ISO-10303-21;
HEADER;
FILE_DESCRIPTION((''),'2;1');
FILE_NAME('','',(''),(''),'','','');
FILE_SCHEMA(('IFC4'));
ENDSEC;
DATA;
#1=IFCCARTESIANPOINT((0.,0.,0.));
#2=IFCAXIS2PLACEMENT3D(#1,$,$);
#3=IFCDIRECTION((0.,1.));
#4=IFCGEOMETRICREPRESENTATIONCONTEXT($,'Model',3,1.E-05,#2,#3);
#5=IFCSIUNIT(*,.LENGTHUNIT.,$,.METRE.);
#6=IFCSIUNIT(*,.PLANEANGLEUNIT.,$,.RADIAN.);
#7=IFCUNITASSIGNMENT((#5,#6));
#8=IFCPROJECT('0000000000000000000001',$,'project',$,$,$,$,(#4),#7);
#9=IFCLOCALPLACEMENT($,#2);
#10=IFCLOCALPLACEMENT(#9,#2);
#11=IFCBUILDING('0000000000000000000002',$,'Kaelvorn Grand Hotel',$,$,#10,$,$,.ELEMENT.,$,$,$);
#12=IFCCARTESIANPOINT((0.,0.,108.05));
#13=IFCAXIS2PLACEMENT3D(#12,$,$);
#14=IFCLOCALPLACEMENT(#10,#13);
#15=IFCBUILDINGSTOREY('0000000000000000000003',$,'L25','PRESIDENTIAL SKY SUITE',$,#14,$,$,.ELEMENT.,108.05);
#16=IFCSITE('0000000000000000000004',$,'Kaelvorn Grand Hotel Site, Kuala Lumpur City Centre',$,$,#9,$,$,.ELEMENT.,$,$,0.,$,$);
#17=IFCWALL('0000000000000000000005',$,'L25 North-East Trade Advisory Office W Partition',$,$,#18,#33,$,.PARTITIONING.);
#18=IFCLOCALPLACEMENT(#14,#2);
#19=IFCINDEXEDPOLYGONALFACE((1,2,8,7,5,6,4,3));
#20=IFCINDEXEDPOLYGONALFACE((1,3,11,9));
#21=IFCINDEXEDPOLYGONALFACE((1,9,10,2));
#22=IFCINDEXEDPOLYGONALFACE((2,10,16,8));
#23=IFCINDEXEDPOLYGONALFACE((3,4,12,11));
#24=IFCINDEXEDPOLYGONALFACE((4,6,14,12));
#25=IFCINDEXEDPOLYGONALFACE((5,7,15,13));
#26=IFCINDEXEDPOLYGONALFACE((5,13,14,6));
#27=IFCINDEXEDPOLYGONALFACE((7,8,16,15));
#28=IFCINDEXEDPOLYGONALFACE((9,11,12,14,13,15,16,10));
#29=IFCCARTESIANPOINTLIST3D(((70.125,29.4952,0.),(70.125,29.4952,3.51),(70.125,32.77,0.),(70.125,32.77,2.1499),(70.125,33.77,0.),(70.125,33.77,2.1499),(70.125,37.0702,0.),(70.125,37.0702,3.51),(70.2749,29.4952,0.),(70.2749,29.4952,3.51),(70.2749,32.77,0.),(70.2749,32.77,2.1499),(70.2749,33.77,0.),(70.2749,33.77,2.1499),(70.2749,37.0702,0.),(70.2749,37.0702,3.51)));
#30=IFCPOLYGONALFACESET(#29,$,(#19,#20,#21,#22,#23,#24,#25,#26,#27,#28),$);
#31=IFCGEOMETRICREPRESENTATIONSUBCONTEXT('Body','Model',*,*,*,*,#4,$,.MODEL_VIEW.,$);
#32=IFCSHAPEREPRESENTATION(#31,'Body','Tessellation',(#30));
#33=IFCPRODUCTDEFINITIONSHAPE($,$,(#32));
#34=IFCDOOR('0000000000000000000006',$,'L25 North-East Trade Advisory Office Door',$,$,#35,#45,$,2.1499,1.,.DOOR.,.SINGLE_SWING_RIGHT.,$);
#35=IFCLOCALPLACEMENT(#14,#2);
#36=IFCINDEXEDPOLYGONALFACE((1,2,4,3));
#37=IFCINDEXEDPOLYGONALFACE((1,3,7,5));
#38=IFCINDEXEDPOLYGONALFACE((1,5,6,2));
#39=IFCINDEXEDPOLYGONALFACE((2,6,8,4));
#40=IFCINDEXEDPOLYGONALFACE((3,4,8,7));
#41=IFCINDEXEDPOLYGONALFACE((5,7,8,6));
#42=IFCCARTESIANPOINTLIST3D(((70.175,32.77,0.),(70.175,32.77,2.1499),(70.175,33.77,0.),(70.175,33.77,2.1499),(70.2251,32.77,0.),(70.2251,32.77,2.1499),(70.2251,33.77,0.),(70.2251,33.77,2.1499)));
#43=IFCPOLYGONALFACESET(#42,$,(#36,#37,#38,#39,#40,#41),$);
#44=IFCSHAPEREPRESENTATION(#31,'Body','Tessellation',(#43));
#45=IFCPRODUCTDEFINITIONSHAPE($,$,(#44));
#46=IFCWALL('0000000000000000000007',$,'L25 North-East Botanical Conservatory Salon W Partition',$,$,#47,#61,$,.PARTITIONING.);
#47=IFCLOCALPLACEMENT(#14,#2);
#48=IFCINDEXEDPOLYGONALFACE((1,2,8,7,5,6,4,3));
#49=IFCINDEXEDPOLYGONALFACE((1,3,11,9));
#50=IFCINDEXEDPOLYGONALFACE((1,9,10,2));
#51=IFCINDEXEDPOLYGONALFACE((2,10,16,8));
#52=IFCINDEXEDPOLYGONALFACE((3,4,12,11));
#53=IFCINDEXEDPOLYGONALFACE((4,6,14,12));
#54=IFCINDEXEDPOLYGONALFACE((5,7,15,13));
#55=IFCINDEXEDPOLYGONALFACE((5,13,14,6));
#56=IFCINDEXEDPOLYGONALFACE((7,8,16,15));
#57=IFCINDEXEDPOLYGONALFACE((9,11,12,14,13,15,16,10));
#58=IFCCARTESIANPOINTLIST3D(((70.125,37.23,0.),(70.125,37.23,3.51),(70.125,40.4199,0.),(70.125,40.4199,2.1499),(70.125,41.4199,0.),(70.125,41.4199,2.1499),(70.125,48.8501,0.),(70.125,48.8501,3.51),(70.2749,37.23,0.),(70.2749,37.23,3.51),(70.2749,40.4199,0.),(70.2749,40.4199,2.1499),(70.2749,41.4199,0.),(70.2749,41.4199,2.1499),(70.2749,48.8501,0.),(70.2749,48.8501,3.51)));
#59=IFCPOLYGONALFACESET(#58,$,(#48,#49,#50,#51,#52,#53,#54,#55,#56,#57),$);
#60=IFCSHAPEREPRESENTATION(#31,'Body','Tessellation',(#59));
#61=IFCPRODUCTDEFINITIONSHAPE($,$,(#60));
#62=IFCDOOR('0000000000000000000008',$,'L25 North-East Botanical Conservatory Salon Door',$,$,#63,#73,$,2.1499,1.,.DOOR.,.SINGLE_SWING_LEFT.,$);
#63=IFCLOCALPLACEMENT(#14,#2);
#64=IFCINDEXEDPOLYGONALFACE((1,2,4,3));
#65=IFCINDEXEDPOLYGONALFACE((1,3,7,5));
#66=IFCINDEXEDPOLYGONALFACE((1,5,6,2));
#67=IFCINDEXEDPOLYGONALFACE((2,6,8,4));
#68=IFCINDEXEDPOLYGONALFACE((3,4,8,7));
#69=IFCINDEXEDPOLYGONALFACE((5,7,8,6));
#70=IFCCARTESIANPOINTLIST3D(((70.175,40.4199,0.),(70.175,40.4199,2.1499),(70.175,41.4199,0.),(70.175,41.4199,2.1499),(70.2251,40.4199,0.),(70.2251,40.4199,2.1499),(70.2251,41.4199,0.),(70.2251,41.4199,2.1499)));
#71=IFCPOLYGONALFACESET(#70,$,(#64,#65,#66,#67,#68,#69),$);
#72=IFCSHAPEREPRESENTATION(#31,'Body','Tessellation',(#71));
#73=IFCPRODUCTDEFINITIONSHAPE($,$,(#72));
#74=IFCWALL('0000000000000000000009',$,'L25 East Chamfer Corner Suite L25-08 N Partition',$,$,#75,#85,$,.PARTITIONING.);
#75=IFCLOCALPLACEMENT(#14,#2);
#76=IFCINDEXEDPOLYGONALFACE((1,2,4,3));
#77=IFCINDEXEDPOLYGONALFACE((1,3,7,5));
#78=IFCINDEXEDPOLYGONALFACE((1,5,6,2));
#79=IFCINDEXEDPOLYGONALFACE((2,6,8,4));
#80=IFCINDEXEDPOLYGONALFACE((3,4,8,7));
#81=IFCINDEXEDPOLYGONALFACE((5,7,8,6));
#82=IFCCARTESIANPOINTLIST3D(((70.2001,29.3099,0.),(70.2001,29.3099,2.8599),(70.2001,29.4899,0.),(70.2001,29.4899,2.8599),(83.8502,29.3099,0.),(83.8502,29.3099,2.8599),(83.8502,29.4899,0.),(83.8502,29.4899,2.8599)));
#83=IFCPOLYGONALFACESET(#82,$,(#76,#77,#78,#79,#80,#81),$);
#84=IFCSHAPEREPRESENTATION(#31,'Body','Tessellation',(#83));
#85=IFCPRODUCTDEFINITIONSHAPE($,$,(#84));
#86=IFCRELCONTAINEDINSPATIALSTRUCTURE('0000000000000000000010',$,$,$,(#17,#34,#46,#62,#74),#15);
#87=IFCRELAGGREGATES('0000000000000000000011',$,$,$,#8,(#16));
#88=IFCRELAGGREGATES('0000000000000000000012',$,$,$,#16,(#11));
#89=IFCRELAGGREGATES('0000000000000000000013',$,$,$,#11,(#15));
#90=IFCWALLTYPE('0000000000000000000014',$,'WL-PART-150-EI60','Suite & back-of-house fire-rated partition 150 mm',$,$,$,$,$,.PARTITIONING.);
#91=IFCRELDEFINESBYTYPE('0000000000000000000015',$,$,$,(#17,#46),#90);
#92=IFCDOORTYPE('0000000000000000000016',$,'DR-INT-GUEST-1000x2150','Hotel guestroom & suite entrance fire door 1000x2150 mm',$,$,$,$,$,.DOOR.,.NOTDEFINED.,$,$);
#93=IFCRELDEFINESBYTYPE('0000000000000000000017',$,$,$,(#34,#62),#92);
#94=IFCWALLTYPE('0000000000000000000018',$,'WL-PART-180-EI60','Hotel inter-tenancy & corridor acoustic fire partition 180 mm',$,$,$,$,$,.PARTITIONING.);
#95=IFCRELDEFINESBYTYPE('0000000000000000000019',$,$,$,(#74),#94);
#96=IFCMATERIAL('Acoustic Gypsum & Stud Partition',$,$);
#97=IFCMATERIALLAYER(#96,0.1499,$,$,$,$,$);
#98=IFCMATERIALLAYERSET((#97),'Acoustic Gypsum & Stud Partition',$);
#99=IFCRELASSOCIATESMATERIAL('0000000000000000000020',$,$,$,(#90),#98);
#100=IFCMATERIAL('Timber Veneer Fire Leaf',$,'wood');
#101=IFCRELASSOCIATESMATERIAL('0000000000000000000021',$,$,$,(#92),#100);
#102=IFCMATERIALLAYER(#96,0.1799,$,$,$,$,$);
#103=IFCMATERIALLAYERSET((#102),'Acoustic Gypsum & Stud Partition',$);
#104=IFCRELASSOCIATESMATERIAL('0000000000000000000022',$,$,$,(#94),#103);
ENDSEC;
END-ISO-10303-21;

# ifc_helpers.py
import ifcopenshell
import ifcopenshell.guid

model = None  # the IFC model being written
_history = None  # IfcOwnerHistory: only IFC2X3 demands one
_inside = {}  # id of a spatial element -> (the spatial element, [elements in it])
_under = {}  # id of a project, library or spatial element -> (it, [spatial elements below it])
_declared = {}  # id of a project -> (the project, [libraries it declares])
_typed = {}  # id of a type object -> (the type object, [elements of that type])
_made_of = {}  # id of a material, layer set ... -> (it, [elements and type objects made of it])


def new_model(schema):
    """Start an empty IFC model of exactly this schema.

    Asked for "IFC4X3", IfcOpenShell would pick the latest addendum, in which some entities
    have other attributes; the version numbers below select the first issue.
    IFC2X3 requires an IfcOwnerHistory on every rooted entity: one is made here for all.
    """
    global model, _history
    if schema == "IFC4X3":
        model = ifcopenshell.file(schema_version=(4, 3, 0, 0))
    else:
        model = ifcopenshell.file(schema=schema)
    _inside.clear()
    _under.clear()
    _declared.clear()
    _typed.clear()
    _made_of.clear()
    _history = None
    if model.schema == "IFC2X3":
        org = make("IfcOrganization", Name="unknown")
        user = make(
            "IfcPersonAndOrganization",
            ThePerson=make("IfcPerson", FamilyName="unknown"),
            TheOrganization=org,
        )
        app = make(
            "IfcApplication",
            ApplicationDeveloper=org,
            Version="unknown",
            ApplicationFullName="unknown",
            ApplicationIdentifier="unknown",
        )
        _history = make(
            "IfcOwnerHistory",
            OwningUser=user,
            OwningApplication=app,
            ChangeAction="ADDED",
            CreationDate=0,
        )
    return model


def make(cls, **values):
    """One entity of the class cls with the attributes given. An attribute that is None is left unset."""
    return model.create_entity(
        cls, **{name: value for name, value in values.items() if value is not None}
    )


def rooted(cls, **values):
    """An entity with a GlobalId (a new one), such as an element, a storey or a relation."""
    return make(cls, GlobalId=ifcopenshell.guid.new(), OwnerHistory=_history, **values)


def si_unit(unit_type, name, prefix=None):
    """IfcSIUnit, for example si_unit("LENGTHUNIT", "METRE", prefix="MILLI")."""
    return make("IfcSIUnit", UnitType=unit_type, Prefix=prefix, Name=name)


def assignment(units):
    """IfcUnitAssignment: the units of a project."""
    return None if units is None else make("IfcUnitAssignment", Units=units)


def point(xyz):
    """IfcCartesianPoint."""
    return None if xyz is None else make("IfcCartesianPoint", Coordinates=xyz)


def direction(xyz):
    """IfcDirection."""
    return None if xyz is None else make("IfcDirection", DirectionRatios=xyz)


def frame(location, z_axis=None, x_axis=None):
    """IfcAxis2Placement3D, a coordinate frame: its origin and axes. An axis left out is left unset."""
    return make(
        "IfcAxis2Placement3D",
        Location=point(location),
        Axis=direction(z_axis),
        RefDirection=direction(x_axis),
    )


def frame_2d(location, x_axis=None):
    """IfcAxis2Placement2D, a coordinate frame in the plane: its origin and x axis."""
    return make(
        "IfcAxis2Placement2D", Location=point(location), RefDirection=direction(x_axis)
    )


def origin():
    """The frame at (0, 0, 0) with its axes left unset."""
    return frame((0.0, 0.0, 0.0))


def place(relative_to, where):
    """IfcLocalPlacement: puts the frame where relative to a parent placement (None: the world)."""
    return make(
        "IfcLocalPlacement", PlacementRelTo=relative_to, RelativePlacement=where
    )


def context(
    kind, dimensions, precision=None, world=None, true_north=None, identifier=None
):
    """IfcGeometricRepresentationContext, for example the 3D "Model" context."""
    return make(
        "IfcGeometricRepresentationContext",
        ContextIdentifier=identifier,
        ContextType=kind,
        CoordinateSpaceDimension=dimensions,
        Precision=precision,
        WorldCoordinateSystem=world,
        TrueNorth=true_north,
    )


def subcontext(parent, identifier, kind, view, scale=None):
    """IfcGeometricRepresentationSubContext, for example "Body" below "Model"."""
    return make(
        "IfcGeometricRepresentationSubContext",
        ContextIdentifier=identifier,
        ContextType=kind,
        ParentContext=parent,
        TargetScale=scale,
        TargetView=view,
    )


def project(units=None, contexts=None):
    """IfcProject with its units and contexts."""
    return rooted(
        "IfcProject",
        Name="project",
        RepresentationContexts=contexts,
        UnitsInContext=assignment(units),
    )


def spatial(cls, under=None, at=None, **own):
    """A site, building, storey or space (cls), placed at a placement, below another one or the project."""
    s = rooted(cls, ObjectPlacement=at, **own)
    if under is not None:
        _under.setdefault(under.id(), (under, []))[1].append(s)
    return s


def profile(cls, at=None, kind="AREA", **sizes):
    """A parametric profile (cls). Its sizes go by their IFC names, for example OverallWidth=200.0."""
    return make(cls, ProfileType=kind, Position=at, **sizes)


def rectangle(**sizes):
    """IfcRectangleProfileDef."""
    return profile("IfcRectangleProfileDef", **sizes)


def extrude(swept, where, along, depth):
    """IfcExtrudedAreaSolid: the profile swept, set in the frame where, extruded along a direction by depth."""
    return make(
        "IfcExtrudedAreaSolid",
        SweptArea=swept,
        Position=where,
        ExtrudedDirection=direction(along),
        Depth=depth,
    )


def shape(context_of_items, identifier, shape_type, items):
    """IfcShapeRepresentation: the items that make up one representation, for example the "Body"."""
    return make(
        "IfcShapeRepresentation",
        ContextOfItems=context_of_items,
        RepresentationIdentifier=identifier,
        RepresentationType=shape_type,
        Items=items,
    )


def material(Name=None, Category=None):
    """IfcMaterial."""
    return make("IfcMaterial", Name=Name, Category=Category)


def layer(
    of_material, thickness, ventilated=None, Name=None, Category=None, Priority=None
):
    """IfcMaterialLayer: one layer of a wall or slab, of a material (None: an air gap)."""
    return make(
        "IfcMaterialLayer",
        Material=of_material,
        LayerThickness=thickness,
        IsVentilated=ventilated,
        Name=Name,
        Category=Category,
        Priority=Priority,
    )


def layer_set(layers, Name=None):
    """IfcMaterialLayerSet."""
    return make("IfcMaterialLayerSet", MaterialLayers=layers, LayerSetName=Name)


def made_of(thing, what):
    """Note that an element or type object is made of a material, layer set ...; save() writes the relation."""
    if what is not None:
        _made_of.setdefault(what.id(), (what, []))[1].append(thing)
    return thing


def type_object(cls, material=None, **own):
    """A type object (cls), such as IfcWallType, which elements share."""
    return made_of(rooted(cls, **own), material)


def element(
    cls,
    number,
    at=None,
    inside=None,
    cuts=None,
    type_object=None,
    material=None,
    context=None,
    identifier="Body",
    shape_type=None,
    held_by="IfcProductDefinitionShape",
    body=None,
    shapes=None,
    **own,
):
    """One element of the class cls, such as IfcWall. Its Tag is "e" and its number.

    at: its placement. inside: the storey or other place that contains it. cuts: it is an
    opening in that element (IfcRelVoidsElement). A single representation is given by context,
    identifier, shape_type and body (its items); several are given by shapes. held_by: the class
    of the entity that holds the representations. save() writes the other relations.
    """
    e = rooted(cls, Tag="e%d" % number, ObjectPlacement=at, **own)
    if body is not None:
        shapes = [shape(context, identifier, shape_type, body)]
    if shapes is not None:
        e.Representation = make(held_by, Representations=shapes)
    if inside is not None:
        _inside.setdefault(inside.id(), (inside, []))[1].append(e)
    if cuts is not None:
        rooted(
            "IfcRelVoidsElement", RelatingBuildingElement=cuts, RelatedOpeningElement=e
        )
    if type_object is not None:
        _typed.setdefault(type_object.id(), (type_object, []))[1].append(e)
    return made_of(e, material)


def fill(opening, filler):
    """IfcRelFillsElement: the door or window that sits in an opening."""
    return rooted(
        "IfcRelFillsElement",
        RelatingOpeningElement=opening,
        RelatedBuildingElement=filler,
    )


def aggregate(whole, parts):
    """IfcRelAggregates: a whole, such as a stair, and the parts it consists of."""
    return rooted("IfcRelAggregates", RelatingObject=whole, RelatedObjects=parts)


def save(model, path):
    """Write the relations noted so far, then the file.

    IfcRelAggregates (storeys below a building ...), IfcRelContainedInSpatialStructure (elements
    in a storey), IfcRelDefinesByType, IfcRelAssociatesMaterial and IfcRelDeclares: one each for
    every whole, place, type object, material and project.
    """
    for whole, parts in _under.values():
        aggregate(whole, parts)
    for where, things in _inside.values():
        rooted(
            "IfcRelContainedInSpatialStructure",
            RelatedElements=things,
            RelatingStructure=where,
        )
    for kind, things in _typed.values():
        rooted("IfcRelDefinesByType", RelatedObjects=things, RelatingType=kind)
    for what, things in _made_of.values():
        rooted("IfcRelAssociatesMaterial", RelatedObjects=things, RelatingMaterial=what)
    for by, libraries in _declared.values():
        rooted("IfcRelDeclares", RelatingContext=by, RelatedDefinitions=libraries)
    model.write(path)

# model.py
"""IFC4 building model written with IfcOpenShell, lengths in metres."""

from ifc_helpers import new_model, si_unit, direction, frame, frame_2d, origin, place, context, subcontext, project, spatial, rectangle, extrude, material, layer, layer_set, type_object, element, fill, save


model = new_model("IFC4")

# Units and contexts
model_context = context("Model", 3, precision=1e-05, world=origin(), true_north=direction((0.0, 1.0)))
body_context = subcontext(model_context, "Body", "Model", "MODEL_VIEW")
ifc_project = project(units=[si_unit("LENGTHUNIT", "METRE"), si_unit("PLANEANGLEUNIT", "RADIAN")], contexts=[model_context])

# Site, building, storey
site_placement = place(None, origin())
site = spatial("IfcSite", under=ifc_project, at=site_placement, Name="Kaelvorn Grand Hotel Site, Kuala Lumpur City Centre", CompositionType="ELEMENT", RefElevation=0.0)
building_placement = place(site_placement, origin())
building = spatial("IfcBuilding", under=site, at=building_placement, Name="Kaelvorn Grand Hotel", CompositionType="ELEMENT")
storey_placement = place(building_placement, frame((0.0, 0.0, 108.05)))
storey = spatial("IfcBuildingStorey", under=building, at=storey_placement, Name="L25", Description="PRESIDENTIAL SKY SUITE", CompositionType="ELEMENT", Elevation=108.05)

# Shared definitions
ifc_material_1 = material(Name="Acoustic Gypsum & Stud Partition")
ifc_layer_1 = layer(ifc_material_1, 0.1499)
ifc_layer_set_1 = layer_set([ifc_layer_1], Name="Acoustic Gypsum & Stud Partition")
wall_type_1 = type_object("IfcWallType", Name="WL-PART-150-EI60", Description="Suite & back-of-house fire-rated partition 150 mm", PredefinedType="PARTITIONING", material=ifc_layer_set_1)

# Walls, openings, doors
wall_1_placement = place(storey_placement, frame((70.2, 29.4951, 0.0), z_axis=(0.0, 0.0, 1.0), x_axis=(0.0, 1.0, 0.0)))
wall_1 = element("IfcWall", 1, at=wall_1_placement, inside=storey, type_object=wall_type_1, Name="L25 North-East Trade Advisory Office W Partition", PredefinedType="PARTITIONING", context=body_context, shape_type="SweptSolid", body=[
    extrude(rectangle(XDim=7.575, YDim=0.1499, at=frame_2d((3.7876, 0.0))), origin(), (0.0, 0.0, 1.0), 3.51),
])
opening_1_placement = place(wall_1_placement, frame((3.2749, 0.0, 0.0)))
opening_1 = element("IfcOpeningElement", 2, at=opening_1_placement, cuts=wall_1, PredefinedType="OPENING", context=body_context, shape_type="SweptSolid", body=[
    extrude(rectangle(XDim=1.0, YDim=2.1499, at=frame_2d((0.5, 1.075))), frame((0.0, 0.085, 0.0), z_axis=(0.0, -1.0, 0.0), x_axis=(1.0, 0.0, 0.0)), (0.0, 0.0, 1.0), 0.1699),
])
ifc_material_2 = material(Name="Timber Veneer Fire Leaf", Category="wood")
door_type = type_object("IfcDoorType", Name="DR-INT-GUEST-1000x2150", Description="Hotel guestroom & suite entrance fire door 1000x2150 mm", OperationType="NOTDEFINED", PredefinedType="DOOR", material=ifc_material_2)
door_1_placement = place(opening_1_placement, origin())
door_1 = element("IfcDoor", 3, at=door_1_placement, inside=storey, type_object=door_type, Name="L25 North-East Trade Advisory Office Door", OperationType="SINGLE_SWING_RIGHT", OverallHeight=2.1499, OverallWidth=1.0, PredefinedType="DOOR", context=body_context, shape_type="SweptSolid", body=[
    extrude(rectangle(XDim=1.0, YDim=2.1499, at=frame_2d((0.5, 1.075))), frame((0.0, 0.0249, 0.0), z_axis=(0.0, -1.0, 0.0), x_axis=(1.0, 0.0, 0.0)), (0.0, 0.0, 1.0), 0.05),
])
fill(opening_1, door_1)
wall_2_placement = place(storey_placement, frame((70.2, 37.23, 0.0), z_axis=(0.0, 0.0, 1.0), x_axis=(0.0, 1.0, 0.0)))
wall_2 = element("IfcWall", 4, at=wall_2_placement, inside=storey, type_object=wall_type_1, Name="L25 North-East Botanical Conservatory Salon W Partition", PredefinedType="PARTITIONING", context=body_context, shape_type="SweptSolid", body=[
    extrude(rectangle(XDim=11.6201, YDim=0.1499, at=frame_2d((5.8101, 0.0))), origin(), (0.0, 0.0, 1.0), 3.51),
])
opening_2_placement = place(wall_2_placement, frame((3.1899, 0.0, 0.0)))
opening_2 = element("IfcOpeningElement", 5, at=opening_2_placement, cuts=wall_2, PredefinedType="OPENING", context=body_context, shape_type="SweptSolid", body=[
    extrude(rectangle(XDim=1.0, YDim=2.1499, at=frame_2d((0.5, 1.075))), frame((0.0, 0.085, 0.0), z_axis=(0.0, -1.0, 0.0), x_axis=(1.0, 0.0, 0.0)), (0.0, 0.0, 1.0), 0.1699),
])
door_2_placement = place(opening_2_placement, origin())
door_2 = element("IfcDoor", 6, at=door_2_placement, inside=storey, type_object=door_type, Name="L25 North-East Botanical Conservatory Salon Door", OperationType="SINGLE_SWING_LEFT", OverallHeight=2.1499, OverallWidth=1.0, PredefinedType="DOOR", context=body_context, shape_type="SweptSolid", body=[
    extrude(rectangle(XDim=1.0, YDim=2.1499, at=frame_2d((0.5, 1.075))), frame((0.0, 0.0249, 0.0), z_axis=(0.0, -1.0, 0.0), x_axis=(1.0, 0.0, 0.0)), (0.0, 0.0, 1.0), 0.05),
])
fill(opening_2, door_2)

# Wall
ifc_layer_2 = layer(ifc_material_1, 0.1799)
ifc_layer_set_2 = layer_set([ifc_layer_2], Name="Acoustic Gypsum & Stud Partition")
wall_type_2 = type_object("IfcWallType", Name="WL-PART-180-EI60", Description="Hotel inter-tenancy & corridor acoustic fire partition 180 mm", PredefinedType="PARTITIONING", material=ifc_layer_set_2)
wall_3_placement = place(storey_placement, frame((70.2, 29.3999, 0.0), z_axis=(0.0, 0.0, 1.0), x_axis=(1.0, 0.0, 0.0)))
element("IfcWall", 7, at=wall_3_placement, inside=storey, type_object=wall_type_2, Name="L25 East Chamfer Corner Suite L25-08 N Partition", PredefinedType="PARTITIONING", context=body_context, shape_type="SweptSolid", body=[
    extrude(rectangle(XDim=13.6501, YDim=0.1799, at=frame_2d((6.8252, 0.0))), origin(), (0.0, 0.0, 1.0), 2.8599),
])

save(model, "model.ifc")
